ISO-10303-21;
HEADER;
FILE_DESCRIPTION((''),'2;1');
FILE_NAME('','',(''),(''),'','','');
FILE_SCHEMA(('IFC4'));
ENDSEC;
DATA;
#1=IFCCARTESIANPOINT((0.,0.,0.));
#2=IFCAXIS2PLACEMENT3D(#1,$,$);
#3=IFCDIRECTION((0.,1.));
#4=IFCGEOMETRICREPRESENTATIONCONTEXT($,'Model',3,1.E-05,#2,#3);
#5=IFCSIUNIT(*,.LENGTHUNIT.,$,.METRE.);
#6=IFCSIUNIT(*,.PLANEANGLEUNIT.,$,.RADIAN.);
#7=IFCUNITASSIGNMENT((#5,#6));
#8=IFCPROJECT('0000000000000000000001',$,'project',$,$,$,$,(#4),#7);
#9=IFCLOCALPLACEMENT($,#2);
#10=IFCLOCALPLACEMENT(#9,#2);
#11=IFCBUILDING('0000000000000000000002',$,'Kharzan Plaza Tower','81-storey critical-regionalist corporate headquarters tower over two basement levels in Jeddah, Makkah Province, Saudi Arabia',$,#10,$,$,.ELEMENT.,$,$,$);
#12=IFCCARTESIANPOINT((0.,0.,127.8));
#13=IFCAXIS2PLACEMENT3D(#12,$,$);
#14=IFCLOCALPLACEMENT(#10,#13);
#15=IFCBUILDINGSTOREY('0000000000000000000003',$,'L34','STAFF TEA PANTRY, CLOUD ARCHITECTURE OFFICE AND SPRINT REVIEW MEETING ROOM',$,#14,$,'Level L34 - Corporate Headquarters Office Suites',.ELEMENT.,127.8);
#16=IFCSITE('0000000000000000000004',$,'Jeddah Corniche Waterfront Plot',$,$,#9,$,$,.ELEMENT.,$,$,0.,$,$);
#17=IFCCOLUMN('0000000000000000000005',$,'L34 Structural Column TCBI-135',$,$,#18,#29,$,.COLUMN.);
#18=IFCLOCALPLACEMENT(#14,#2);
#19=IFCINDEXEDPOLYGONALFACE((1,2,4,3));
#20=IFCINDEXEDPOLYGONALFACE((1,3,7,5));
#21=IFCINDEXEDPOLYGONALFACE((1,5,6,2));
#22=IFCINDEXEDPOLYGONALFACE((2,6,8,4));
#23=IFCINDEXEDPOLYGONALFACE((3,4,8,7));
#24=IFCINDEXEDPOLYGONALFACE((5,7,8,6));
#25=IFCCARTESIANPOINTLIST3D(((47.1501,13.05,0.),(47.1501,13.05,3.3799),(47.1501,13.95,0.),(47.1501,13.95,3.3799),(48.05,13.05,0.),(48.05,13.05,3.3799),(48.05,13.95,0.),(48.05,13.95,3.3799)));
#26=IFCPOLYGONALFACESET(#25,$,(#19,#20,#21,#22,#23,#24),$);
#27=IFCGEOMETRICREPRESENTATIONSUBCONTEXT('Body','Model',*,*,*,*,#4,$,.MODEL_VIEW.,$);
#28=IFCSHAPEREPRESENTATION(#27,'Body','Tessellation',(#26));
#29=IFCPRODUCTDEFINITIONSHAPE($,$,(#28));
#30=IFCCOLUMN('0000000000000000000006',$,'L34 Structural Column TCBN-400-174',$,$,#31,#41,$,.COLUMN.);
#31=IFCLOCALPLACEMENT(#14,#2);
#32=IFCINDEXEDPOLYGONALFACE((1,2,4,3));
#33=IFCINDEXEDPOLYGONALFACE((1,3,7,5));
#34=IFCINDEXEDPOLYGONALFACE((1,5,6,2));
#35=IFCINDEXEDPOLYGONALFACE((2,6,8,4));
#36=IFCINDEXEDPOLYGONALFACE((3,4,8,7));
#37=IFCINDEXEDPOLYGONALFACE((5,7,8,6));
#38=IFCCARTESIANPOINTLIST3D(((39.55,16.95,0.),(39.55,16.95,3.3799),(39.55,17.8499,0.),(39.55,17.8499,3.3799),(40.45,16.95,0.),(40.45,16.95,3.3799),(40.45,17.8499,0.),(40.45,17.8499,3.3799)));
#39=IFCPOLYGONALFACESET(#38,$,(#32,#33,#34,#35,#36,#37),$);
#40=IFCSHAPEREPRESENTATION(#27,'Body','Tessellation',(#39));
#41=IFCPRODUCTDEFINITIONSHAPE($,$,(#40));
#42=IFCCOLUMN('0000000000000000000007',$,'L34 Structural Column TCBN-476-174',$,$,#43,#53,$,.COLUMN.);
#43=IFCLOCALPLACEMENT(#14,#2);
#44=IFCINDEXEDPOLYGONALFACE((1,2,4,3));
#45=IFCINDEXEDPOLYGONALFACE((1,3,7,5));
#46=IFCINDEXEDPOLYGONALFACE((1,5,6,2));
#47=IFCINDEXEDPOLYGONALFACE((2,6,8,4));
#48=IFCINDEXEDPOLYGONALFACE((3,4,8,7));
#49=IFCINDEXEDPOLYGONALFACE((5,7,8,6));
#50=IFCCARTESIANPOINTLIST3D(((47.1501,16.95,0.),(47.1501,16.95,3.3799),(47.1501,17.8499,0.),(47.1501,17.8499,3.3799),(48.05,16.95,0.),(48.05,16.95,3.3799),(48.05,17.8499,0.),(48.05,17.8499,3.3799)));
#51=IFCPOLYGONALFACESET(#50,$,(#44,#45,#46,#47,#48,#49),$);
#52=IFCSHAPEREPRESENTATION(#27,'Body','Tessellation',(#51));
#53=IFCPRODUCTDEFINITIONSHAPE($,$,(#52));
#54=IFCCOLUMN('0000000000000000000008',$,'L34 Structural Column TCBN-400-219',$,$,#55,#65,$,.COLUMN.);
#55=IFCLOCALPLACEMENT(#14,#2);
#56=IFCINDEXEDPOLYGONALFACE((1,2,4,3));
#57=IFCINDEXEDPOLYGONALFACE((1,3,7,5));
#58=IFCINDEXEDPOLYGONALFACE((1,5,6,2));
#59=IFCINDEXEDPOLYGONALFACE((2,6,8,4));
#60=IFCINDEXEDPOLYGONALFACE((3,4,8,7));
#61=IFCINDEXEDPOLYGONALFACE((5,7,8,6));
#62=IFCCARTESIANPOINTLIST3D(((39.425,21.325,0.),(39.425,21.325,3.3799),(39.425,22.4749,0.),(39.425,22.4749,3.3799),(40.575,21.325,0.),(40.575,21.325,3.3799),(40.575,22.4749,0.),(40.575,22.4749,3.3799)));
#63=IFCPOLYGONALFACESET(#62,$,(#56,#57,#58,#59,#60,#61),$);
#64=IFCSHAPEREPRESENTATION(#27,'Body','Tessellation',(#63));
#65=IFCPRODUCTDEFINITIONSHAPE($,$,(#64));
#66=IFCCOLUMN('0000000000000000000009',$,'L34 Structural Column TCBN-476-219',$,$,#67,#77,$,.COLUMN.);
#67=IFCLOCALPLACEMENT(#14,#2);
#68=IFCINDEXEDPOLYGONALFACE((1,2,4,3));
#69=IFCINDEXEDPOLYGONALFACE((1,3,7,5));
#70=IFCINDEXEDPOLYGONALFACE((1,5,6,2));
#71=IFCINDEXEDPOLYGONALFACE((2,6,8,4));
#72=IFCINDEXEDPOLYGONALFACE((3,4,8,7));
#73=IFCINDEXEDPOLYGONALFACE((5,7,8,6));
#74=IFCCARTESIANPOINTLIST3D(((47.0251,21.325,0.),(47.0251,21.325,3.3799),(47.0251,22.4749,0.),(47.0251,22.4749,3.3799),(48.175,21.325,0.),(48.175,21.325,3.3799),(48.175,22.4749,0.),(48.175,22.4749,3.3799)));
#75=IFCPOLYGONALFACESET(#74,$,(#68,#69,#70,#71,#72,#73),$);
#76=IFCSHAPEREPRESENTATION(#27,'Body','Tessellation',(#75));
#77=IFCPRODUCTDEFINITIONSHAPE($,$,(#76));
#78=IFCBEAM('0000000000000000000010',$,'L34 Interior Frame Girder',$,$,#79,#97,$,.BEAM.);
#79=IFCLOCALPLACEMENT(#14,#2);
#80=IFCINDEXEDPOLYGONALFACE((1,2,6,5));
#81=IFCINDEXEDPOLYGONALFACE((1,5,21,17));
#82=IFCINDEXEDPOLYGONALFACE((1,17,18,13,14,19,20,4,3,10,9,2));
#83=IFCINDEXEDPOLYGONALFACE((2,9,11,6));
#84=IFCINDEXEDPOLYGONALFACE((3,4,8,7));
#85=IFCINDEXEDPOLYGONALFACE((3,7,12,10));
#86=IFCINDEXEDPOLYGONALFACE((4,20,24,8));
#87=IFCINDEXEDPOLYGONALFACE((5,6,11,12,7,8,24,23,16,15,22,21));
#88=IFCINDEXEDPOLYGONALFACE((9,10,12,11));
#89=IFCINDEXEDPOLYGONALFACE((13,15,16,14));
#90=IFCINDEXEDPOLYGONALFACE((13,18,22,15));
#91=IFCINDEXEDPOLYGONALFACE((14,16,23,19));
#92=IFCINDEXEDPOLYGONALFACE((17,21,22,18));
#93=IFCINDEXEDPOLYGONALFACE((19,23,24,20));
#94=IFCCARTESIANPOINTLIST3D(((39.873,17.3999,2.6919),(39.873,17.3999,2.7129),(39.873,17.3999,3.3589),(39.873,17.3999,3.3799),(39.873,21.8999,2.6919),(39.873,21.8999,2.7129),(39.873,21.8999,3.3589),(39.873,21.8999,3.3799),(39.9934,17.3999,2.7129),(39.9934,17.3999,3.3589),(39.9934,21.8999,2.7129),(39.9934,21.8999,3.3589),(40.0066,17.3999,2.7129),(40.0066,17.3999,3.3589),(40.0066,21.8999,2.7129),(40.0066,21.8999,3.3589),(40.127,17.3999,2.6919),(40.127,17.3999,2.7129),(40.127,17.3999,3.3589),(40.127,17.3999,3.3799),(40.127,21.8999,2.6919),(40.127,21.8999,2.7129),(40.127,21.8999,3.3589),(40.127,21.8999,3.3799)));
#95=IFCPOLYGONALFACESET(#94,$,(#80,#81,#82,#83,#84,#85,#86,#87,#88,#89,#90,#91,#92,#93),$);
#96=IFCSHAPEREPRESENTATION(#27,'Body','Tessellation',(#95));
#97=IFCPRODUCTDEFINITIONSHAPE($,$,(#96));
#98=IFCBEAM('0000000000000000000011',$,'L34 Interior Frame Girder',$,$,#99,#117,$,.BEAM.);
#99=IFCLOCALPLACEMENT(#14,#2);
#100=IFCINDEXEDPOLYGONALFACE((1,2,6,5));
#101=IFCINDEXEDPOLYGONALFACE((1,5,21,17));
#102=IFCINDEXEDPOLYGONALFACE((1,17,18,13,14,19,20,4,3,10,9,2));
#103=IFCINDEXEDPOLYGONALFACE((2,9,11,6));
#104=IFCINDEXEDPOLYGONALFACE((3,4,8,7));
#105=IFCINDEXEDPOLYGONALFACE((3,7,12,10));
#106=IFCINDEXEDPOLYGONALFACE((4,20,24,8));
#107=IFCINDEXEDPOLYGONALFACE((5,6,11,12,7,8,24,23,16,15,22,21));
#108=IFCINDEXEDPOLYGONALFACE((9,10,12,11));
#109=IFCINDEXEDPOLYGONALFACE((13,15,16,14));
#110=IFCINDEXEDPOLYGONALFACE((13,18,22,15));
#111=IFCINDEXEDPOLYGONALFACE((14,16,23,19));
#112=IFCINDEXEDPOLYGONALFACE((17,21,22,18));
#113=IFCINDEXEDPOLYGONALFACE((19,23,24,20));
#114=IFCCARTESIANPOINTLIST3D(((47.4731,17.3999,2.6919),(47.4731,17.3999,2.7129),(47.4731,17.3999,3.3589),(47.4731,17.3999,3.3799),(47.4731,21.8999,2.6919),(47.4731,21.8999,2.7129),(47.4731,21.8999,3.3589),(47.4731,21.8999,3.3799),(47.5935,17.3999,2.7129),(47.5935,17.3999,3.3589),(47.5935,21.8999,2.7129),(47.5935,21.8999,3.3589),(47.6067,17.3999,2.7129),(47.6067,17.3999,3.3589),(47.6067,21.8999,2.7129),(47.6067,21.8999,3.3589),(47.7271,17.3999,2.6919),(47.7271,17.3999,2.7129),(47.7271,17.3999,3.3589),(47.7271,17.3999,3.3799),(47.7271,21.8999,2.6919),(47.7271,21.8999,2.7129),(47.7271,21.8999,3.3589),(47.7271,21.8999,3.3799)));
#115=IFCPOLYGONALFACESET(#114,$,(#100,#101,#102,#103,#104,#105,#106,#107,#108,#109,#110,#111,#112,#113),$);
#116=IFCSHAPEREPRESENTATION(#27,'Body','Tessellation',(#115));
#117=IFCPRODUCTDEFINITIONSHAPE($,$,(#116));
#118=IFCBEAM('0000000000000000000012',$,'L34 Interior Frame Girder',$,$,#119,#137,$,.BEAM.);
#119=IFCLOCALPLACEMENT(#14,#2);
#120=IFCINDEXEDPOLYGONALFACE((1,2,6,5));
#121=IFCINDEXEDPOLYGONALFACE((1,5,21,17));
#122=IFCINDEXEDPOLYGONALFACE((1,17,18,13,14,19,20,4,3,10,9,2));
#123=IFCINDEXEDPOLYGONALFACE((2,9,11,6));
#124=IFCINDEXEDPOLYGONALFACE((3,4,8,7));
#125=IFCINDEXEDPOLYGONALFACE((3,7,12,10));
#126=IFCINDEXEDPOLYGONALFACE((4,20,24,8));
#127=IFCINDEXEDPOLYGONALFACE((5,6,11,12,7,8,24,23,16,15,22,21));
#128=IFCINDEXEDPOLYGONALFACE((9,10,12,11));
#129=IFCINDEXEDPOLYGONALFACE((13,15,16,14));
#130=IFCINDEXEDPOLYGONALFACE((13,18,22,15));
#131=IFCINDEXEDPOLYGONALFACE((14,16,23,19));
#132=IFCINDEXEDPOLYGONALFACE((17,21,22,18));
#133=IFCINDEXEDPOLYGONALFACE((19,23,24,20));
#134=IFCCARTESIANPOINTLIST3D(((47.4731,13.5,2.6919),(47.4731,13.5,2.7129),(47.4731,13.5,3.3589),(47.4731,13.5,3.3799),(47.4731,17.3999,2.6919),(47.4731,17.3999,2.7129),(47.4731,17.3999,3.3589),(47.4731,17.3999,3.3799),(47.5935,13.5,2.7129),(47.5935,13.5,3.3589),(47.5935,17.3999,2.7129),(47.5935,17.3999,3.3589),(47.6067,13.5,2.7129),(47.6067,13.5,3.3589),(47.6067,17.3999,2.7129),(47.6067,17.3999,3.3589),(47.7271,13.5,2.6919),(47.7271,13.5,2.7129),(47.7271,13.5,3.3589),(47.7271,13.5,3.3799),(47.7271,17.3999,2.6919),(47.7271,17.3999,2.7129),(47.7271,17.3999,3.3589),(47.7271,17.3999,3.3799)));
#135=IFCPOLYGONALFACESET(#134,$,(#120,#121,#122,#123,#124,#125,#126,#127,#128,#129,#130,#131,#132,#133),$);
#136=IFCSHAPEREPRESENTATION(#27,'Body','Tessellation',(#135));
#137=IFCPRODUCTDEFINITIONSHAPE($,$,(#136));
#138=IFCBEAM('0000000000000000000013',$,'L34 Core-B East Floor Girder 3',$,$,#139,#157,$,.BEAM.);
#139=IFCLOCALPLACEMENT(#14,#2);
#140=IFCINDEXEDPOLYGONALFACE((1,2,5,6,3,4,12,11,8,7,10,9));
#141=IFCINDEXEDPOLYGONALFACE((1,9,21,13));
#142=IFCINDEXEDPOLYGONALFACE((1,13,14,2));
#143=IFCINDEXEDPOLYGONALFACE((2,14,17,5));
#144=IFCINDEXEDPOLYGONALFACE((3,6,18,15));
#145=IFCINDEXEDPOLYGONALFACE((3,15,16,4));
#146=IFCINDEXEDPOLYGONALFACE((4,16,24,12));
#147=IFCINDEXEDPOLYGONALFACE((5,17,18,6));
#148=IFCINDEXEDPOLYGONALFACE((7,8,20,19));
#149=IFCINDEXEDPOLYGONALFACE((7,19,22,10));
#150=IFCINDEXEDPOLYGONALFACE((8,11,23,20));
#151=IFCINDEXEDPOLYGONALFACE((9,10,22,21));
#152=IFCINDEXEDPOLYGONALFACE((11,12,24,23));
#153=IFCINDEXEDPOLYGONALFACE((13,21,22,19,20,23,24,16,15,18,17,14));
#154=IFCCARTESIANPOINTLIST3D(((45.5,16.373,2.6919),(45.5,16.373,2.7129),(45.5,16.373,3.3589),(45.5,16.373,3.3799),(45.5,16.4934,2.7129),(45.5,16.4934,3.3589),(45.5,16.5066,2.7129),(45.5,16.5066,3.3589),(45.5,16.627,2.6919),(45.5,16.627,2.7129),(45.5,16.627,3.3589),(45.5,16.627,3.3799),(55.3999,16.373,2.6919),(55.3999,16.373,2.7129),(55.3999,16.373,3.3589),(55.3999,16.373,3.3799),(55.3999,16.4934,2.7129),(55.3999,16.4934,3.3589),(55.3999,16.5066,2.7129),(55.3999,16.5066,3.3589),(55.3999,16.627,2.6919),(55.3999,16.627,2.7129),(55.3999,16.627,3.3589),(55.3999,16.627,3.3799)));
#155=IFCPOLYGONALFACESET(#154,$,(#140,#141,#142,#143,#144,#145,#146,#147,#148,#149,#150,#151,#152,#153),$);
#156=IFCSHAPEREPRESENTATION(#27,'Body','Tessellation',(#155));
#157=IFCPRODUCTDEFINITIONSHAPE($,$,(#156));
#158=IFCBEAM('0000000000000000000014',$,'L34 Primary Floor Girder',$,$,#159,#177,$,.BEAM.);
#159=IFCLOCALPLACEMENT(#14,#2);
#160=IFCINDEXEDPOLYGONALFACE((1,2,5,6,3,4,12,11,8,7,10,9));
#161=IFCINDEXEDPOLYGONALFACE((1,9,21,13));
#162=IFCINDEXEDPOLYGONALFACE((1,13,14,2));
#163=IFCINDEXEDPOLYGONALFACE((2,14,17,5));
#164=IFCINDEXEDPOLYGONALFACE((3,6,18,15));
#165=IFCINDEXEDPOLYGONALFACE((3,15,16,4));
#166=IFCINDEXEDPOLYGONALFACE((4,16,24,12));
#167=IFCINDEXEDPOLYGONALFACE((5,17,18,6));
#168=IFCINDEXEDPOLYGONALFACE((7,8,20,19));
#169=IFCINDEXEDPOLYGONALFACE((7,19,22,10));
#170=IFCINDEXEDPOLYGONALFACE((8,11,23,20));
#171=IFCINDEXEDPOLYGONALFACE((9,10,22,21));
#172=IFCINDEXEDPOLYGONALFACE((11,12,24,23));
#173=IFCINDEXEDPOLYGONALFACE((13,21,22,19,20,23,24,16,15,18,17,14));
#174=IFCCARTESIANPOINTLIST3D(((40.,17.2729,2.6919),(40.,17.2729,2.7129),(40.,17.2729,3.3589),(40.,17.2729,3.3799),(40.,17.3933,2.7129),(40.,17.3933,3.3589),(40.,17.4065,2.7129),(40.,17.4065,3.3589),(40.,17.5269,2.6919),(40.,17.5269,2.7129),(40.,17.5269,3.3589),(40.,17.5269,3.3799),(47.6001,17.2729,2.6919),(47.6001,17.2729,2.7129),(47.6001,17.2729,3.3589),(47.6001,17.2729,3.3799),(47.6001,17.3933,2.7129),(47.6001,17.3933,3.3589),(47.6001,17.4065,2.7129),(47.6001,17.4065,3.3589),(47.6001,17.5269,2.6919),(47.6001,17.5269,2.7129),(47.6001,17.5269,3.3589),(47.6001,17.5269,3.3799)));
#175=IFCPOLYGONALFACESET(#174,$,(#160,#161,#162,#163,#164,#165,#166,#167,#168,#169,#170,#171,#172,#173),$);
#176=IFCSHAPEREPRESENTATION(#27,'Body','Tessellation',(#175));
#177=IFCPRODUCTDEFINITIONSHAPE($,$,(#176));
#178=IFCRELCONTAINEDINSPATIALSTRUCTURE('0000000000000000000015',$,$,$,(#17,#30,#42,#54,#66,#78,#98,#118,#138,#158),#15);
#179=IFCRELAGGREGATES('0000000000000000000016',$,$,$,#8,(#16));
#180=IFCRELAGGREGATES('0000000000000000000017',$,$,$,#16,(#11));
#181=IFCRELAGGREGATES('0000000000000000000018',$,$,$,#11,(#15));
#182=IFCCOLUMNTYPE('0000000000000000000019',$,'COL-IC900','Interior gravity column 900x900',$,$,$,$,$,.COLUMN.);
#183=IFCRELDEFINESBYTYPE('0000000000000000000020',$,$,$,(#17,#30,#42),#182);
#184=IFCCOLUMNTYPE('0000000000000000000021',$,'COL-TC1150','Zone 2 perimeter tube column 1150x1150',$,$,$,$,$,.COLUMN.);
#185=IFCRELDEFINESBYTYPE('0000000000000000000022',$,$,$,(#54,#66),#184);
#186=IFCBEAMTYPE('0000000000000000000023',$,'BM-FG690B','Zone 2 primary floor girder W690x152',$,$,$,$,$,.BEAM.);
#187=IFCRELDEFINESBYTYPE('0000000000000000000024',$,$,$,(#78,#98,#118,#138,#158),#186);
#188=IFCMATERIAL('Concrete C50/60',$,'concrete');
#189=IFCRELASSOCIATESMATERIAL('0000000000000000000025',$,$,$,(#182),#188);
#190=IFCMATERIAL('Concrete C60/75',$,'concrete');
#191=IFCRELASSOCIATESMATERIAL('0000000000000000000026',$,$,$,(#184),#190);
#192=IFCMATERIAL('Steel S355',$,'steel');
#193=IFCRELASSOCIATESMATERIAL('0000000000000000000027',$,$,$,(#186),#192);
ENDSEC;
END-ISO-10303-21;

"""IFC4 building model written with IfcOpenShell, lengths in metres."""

from ifc_helpers import new_model, si_unit, direction, frame, origin, origin_2d, place, context, subcontext, project, spatial, rectangle, i_section, extrude, source, transform, mapped, material, material_profile, profile_set, type_object, element, save


model = new_model("IFC4")

# Units and contexts
model_context = context("Model", 3, precision=1e-05, world=origin(), true_north=direction((0.0, 1.0)))
body_context = subcontext(model_context, "Body", "Model", "MODEL_VIEW")
ifc_project = project(units=[si_unit("LENGTHUNIT", "METRE"), si_unit("PLANEANGLEUNIT", "RADIAN")], contexts=[model_context])

# Site, building, storey
site_placement = place(None, origin())
site = spatial("IfcSite", under=ifc_project, at=site_placement, Name="Jeddah Corniche Waterfront Plot", CompositionType="ELEMENT", RefElevation=0.0)
building_placement = place(site_placement, origin())
building = spatial("IfcBuilding", under=site, at=building_placement, Name="Kharzan Plaza Tower", Description="81-storey critical-regionalist corporate headquarters tower over two basement levels in Jeddah, Makkah Province, Saudi Arabia", CompositionType="ELEMENT")
storey_placement = place(building_placement, frame((0.0, 0.0, 127.8)))
storey = spatial("IfcBuildingStorey", under=building, at=storey_placement, Name="L34", Description="STAFF TEA PANTRY, CLOUD ARCHITECTURE OFFICE AND SPRINT REVIEW MEETING ROOM", LongName="Level L34 - Corporate Headquarters Office Suites", CompositionType="ELEMENT", Elevation=127.8)

# Columns
ifc_material_1 = material(Name="Concrete C50/60", Category="concrete")
ifc_material_profile_1 = material_profile(ifc_material_1, rectangle(XDim=0.8999, YDim=0.8999, at=origin_2d()), Name="RC-IC900x900")
ifc_profile_set_1 = profile_set([ifc_material_profile_1], Name="Concrete C50/60")
column_type_1 = type_object("IfcColumnType", Name="COL-IC900", Description="Interior gravity column 900x900", PredefinedType="COLUMN", material=ifc_profile_set_1)
shared_shape_1 = source(origin(), body_context, "Body", "SweptSolid", [
    extrude(rectangle(XDim=0.8999, YDim=0.8999, at=origin_2d()), origin(), (0.0, 0.0, 1.0), 3.3799),
])
for number, where, z_axis, x_axis, name in (
    (1, (47.6001, 13.5, 0.0), (0.0, 0.0, 1.0), (1.0, 0.0, 0.0), "L34 Structural Column TCBI-135"),
    (2, (40.0, 17.3999, 0.0), (0.0, 0.0, 1.0), (1.0, 0.0, 0.0), "L34 Structural Column TCBN-400-174"),
    (3, (47.6001, 17.3999, 0.0), (0.0, 0.0, 1.0), (1.0, 0.0, 0.0), "L34 Structural Column TCBN-476-174"),
):
    element("IfcColumn", number, at=place(storey_placement, frame(where, z_axis=z_axis, x_axis=x_axis)), inside=storey, type_object=column_type_1, Name=name, PredefinedType="COLUMN", context=body_context, shape_type="MappedRepresentation", body=[
        mapped(shared_shape_1, transform((0.0, 0.0, 0.0), x_axis=(1.0, 0.0, 0.0), y_axis=(0.0, 1.0, 0.0), z_axis=(0.0, 0.0, 1.0))),
    ])
ifc_material_2 = material(Name="Concrete C60/75", Category="concrete")
ifc_material_profile_2 = material_profile(ifc_material_2, rectangle(XDim=1.1499, YDim=1.1499, at=origin_2d()), Name="RC-TC1150x1150")
ifc_profile_set_2 = profile_set([ifc_material_profile_2], Name="Concrete C60/75")
column_type_2 = type_object("IfcColumnType", Name="COL-TC1150", Description="Zone 2 perimeter tube column 1150x1150", PredefinedType="COLUMN", material=ifc_profile_set_2)
shared_shape_2 = source(origin(), body_context, "Body", "SweptSolid", [
    extrude(rectangle(XDim=1.1499, YDim=1.1499, at=origin_2d()), origin(), (0.0, 0.0, 1.0), 3.3799),
])
for number, where, z_axis, x_axis, name in (
    (4, (40.0, 21.8999, 0.0), (0.0, 0.0, 1.0), (1.0, 0.0, 0.0), "L34 Structural Column TCBN-400-219"),
    (5, (47.6001, 21.8999, 0.0), (0.0, 0.0, 1.0), (1.0, 0.0, 0.0), "L34 Structural Column TCBN-476-219"),
):
    element("IfcColumn", number, at=place(storey_placement, frame(where, z_axis=z_axis, x_axis=x_axis)), inside=storey, type_object=column_type_2, Name=name, PredefinedType="COLUMN", context=body_context, shape_type="MappedRepresentation", body=[
        mapped(shared_shape_2, transform((0.0, 0.0, 0.0), x_axis=(1.0, 0.0, 0.0), y_axis=(0.0, 1.0, 0.0), z_axis=(0.0, 0.0, 1.0))),
    ])

# Beams
ifc_material_3 = material(Name="Steel S355", Category="steel")
ifc_material_profile_3 = material_profile(ifc_material_3, i_section(OverallWidth=0.2539, OverallDepth=0.688, WebThickness=0.0132, FlangeThickness=0.021, at=origin_2d()), Name="W690x152")
ifc_profile_set_3 = profile_set([ifc_material_profile_3], Name="Steel S355")
beam_type_1 = type_object("IfcBeamType", Name="BM-FG690B", Description="Zone 2 primary floor girder W690x152", PredefinedType="BEAM", material=ifc_profile_set_3)
shared_shape_3 = source(origin(), body_context, "Body", "SweptSolid", [
    extrude(i_section(OverallWidth=0.2539, OverallDepth=0.688, WebThickness=0.0132, FlangeThickness=0.021, at=origin_2d()), origin(), (0.0, 0.0, 1.0), 4.5),
])
for number, where, z_axis, x_axis, name in (
    (6, (40.0, 17.3999, 3.0359), (0.0, 1.0, 0.0), (-1.0, 0.0, 0.0), "L34 Interior Frame Girder"),
    (7, (47.6001, 17.3999, 3.0359), (0.0, 1.0, 0.0), (-1.0, 0.0, 0.0), "L34 Interior Frame Girder"),
):
    element("IfcBeam", number, at=place(storey_placement, frame(where, z_axis=z_axis, x_axis=x_axis)), inside=storey, type_object=beam_type_1, Name=name, PredefinedType="BEAM", context=body_context, shape_type="MappedRepresentation", body=[
        mapped(shared_shape_3, transform((0.0, 0.0, 0.0), x_axis=(1.0, 0.0, 0.0), y_axis=(0.0, 1.0, 0.0), z_axis=(0.0, 0.0, 1.0))),
    ])
shared_shape_4 = source(origin(), body_context, "Body", "SweptSolid", [
    extrude(i_section(OverallWidth=0.2539, OverallDepth=0.688, WebThickness=0.0132, FlangeThickness=0.021, at=origin_2d()), origin(), (0.0, 0.0, 1.0), 3.8999),
])
beam_1_placement = place(storey_placement, frame((47.6001, 13.5, 3.0359), z_axis=(0.0, 1.0, 0.0), x_axis=(-1.0, 0.0, 0.0)))
element("IfcBeam", 8, at=beam_1_placement, inside=storey, type_object=beam_type_1, Name="L34 Interior Frame Girder", PredefinedType="BEAM", context=body_context, shape_type="MappedRepresentation", body=[
    mapped(shared_shape_4, transform((0.0, 0.0, 0.0), x_axis=(1.0, 0.0, 0.0), y_axis=(0.0, 1.0, 0.0), z_axis=(0.0, 0.0, 1.0))),
])
shared_shape_5 = source(origin(), body_context, "Body", "SweptSolid", [
    extrude(i_section(OverallWidth=0.2539, OverallDepth=0.688, WebThickness=0.0132, FlangeThickness=0.021, at=origin_2d()), origin(), (0.0, 0.0, 1.0), 9.8999),
])
beam_2_placement = place(storey_placement, frame((45.5, 16.5, 3.0359), z_axis=(1.0, 0.0, 0.0), x_axis=(0.0, 1.0, 0.0)))
element("IfcBeam", 9, at=beam_2_placement, inside=storey, type_object=beam_type_1, Name="L34 Core-B East Floor Girder 3", PredefinedType="BEAM", context=body_context, shape_type="MappedRepresentation", body=[
    mapped(shared_shape_5, transform((0.0, 0.0, 0.0), x_axis=(1.0, 0.0, 0.0), y_axis=(0.0, 1.0, 0.0), z_axis=(0.0, 0.0, 1.0))),
])
shared_shape_6 = source(origin(), body_context, "Body", "SweptSolid", [
    extrude(i_section(OverallWidth=0.2539, OverallDepth=0.688, WebThickness=0.0132, FlangeThickness=0.021, at=origin_2d()), origin(), (0.0, 0.0, 1.0), 7.6001),
])
beam_3_placement = place(storey_placement, frame((40.0, 17.3999, 3.0359), z_axis=(1.0, 0.0, 0.0), x_axis=(0.0, 1.0, 0.0)))
element("IfcBeam", 10, at=beam_3_placement, inside=storey, type_object=beam_type_1, Name="L34 Primary Floor Girder", PredefinedType="BEAM", context=body_context, shape_type="MappedRepresentation", body=[
    mapped(shared_shape_6, transform((0.0, 0.0, 0.0), x_axis=(1.0, 0.0, 0.0), y_axis=(0.0, 1.0, 0.0), z_axis=(0.0, 0.0, 1.0))),
])

save(model, "model.ifc")
